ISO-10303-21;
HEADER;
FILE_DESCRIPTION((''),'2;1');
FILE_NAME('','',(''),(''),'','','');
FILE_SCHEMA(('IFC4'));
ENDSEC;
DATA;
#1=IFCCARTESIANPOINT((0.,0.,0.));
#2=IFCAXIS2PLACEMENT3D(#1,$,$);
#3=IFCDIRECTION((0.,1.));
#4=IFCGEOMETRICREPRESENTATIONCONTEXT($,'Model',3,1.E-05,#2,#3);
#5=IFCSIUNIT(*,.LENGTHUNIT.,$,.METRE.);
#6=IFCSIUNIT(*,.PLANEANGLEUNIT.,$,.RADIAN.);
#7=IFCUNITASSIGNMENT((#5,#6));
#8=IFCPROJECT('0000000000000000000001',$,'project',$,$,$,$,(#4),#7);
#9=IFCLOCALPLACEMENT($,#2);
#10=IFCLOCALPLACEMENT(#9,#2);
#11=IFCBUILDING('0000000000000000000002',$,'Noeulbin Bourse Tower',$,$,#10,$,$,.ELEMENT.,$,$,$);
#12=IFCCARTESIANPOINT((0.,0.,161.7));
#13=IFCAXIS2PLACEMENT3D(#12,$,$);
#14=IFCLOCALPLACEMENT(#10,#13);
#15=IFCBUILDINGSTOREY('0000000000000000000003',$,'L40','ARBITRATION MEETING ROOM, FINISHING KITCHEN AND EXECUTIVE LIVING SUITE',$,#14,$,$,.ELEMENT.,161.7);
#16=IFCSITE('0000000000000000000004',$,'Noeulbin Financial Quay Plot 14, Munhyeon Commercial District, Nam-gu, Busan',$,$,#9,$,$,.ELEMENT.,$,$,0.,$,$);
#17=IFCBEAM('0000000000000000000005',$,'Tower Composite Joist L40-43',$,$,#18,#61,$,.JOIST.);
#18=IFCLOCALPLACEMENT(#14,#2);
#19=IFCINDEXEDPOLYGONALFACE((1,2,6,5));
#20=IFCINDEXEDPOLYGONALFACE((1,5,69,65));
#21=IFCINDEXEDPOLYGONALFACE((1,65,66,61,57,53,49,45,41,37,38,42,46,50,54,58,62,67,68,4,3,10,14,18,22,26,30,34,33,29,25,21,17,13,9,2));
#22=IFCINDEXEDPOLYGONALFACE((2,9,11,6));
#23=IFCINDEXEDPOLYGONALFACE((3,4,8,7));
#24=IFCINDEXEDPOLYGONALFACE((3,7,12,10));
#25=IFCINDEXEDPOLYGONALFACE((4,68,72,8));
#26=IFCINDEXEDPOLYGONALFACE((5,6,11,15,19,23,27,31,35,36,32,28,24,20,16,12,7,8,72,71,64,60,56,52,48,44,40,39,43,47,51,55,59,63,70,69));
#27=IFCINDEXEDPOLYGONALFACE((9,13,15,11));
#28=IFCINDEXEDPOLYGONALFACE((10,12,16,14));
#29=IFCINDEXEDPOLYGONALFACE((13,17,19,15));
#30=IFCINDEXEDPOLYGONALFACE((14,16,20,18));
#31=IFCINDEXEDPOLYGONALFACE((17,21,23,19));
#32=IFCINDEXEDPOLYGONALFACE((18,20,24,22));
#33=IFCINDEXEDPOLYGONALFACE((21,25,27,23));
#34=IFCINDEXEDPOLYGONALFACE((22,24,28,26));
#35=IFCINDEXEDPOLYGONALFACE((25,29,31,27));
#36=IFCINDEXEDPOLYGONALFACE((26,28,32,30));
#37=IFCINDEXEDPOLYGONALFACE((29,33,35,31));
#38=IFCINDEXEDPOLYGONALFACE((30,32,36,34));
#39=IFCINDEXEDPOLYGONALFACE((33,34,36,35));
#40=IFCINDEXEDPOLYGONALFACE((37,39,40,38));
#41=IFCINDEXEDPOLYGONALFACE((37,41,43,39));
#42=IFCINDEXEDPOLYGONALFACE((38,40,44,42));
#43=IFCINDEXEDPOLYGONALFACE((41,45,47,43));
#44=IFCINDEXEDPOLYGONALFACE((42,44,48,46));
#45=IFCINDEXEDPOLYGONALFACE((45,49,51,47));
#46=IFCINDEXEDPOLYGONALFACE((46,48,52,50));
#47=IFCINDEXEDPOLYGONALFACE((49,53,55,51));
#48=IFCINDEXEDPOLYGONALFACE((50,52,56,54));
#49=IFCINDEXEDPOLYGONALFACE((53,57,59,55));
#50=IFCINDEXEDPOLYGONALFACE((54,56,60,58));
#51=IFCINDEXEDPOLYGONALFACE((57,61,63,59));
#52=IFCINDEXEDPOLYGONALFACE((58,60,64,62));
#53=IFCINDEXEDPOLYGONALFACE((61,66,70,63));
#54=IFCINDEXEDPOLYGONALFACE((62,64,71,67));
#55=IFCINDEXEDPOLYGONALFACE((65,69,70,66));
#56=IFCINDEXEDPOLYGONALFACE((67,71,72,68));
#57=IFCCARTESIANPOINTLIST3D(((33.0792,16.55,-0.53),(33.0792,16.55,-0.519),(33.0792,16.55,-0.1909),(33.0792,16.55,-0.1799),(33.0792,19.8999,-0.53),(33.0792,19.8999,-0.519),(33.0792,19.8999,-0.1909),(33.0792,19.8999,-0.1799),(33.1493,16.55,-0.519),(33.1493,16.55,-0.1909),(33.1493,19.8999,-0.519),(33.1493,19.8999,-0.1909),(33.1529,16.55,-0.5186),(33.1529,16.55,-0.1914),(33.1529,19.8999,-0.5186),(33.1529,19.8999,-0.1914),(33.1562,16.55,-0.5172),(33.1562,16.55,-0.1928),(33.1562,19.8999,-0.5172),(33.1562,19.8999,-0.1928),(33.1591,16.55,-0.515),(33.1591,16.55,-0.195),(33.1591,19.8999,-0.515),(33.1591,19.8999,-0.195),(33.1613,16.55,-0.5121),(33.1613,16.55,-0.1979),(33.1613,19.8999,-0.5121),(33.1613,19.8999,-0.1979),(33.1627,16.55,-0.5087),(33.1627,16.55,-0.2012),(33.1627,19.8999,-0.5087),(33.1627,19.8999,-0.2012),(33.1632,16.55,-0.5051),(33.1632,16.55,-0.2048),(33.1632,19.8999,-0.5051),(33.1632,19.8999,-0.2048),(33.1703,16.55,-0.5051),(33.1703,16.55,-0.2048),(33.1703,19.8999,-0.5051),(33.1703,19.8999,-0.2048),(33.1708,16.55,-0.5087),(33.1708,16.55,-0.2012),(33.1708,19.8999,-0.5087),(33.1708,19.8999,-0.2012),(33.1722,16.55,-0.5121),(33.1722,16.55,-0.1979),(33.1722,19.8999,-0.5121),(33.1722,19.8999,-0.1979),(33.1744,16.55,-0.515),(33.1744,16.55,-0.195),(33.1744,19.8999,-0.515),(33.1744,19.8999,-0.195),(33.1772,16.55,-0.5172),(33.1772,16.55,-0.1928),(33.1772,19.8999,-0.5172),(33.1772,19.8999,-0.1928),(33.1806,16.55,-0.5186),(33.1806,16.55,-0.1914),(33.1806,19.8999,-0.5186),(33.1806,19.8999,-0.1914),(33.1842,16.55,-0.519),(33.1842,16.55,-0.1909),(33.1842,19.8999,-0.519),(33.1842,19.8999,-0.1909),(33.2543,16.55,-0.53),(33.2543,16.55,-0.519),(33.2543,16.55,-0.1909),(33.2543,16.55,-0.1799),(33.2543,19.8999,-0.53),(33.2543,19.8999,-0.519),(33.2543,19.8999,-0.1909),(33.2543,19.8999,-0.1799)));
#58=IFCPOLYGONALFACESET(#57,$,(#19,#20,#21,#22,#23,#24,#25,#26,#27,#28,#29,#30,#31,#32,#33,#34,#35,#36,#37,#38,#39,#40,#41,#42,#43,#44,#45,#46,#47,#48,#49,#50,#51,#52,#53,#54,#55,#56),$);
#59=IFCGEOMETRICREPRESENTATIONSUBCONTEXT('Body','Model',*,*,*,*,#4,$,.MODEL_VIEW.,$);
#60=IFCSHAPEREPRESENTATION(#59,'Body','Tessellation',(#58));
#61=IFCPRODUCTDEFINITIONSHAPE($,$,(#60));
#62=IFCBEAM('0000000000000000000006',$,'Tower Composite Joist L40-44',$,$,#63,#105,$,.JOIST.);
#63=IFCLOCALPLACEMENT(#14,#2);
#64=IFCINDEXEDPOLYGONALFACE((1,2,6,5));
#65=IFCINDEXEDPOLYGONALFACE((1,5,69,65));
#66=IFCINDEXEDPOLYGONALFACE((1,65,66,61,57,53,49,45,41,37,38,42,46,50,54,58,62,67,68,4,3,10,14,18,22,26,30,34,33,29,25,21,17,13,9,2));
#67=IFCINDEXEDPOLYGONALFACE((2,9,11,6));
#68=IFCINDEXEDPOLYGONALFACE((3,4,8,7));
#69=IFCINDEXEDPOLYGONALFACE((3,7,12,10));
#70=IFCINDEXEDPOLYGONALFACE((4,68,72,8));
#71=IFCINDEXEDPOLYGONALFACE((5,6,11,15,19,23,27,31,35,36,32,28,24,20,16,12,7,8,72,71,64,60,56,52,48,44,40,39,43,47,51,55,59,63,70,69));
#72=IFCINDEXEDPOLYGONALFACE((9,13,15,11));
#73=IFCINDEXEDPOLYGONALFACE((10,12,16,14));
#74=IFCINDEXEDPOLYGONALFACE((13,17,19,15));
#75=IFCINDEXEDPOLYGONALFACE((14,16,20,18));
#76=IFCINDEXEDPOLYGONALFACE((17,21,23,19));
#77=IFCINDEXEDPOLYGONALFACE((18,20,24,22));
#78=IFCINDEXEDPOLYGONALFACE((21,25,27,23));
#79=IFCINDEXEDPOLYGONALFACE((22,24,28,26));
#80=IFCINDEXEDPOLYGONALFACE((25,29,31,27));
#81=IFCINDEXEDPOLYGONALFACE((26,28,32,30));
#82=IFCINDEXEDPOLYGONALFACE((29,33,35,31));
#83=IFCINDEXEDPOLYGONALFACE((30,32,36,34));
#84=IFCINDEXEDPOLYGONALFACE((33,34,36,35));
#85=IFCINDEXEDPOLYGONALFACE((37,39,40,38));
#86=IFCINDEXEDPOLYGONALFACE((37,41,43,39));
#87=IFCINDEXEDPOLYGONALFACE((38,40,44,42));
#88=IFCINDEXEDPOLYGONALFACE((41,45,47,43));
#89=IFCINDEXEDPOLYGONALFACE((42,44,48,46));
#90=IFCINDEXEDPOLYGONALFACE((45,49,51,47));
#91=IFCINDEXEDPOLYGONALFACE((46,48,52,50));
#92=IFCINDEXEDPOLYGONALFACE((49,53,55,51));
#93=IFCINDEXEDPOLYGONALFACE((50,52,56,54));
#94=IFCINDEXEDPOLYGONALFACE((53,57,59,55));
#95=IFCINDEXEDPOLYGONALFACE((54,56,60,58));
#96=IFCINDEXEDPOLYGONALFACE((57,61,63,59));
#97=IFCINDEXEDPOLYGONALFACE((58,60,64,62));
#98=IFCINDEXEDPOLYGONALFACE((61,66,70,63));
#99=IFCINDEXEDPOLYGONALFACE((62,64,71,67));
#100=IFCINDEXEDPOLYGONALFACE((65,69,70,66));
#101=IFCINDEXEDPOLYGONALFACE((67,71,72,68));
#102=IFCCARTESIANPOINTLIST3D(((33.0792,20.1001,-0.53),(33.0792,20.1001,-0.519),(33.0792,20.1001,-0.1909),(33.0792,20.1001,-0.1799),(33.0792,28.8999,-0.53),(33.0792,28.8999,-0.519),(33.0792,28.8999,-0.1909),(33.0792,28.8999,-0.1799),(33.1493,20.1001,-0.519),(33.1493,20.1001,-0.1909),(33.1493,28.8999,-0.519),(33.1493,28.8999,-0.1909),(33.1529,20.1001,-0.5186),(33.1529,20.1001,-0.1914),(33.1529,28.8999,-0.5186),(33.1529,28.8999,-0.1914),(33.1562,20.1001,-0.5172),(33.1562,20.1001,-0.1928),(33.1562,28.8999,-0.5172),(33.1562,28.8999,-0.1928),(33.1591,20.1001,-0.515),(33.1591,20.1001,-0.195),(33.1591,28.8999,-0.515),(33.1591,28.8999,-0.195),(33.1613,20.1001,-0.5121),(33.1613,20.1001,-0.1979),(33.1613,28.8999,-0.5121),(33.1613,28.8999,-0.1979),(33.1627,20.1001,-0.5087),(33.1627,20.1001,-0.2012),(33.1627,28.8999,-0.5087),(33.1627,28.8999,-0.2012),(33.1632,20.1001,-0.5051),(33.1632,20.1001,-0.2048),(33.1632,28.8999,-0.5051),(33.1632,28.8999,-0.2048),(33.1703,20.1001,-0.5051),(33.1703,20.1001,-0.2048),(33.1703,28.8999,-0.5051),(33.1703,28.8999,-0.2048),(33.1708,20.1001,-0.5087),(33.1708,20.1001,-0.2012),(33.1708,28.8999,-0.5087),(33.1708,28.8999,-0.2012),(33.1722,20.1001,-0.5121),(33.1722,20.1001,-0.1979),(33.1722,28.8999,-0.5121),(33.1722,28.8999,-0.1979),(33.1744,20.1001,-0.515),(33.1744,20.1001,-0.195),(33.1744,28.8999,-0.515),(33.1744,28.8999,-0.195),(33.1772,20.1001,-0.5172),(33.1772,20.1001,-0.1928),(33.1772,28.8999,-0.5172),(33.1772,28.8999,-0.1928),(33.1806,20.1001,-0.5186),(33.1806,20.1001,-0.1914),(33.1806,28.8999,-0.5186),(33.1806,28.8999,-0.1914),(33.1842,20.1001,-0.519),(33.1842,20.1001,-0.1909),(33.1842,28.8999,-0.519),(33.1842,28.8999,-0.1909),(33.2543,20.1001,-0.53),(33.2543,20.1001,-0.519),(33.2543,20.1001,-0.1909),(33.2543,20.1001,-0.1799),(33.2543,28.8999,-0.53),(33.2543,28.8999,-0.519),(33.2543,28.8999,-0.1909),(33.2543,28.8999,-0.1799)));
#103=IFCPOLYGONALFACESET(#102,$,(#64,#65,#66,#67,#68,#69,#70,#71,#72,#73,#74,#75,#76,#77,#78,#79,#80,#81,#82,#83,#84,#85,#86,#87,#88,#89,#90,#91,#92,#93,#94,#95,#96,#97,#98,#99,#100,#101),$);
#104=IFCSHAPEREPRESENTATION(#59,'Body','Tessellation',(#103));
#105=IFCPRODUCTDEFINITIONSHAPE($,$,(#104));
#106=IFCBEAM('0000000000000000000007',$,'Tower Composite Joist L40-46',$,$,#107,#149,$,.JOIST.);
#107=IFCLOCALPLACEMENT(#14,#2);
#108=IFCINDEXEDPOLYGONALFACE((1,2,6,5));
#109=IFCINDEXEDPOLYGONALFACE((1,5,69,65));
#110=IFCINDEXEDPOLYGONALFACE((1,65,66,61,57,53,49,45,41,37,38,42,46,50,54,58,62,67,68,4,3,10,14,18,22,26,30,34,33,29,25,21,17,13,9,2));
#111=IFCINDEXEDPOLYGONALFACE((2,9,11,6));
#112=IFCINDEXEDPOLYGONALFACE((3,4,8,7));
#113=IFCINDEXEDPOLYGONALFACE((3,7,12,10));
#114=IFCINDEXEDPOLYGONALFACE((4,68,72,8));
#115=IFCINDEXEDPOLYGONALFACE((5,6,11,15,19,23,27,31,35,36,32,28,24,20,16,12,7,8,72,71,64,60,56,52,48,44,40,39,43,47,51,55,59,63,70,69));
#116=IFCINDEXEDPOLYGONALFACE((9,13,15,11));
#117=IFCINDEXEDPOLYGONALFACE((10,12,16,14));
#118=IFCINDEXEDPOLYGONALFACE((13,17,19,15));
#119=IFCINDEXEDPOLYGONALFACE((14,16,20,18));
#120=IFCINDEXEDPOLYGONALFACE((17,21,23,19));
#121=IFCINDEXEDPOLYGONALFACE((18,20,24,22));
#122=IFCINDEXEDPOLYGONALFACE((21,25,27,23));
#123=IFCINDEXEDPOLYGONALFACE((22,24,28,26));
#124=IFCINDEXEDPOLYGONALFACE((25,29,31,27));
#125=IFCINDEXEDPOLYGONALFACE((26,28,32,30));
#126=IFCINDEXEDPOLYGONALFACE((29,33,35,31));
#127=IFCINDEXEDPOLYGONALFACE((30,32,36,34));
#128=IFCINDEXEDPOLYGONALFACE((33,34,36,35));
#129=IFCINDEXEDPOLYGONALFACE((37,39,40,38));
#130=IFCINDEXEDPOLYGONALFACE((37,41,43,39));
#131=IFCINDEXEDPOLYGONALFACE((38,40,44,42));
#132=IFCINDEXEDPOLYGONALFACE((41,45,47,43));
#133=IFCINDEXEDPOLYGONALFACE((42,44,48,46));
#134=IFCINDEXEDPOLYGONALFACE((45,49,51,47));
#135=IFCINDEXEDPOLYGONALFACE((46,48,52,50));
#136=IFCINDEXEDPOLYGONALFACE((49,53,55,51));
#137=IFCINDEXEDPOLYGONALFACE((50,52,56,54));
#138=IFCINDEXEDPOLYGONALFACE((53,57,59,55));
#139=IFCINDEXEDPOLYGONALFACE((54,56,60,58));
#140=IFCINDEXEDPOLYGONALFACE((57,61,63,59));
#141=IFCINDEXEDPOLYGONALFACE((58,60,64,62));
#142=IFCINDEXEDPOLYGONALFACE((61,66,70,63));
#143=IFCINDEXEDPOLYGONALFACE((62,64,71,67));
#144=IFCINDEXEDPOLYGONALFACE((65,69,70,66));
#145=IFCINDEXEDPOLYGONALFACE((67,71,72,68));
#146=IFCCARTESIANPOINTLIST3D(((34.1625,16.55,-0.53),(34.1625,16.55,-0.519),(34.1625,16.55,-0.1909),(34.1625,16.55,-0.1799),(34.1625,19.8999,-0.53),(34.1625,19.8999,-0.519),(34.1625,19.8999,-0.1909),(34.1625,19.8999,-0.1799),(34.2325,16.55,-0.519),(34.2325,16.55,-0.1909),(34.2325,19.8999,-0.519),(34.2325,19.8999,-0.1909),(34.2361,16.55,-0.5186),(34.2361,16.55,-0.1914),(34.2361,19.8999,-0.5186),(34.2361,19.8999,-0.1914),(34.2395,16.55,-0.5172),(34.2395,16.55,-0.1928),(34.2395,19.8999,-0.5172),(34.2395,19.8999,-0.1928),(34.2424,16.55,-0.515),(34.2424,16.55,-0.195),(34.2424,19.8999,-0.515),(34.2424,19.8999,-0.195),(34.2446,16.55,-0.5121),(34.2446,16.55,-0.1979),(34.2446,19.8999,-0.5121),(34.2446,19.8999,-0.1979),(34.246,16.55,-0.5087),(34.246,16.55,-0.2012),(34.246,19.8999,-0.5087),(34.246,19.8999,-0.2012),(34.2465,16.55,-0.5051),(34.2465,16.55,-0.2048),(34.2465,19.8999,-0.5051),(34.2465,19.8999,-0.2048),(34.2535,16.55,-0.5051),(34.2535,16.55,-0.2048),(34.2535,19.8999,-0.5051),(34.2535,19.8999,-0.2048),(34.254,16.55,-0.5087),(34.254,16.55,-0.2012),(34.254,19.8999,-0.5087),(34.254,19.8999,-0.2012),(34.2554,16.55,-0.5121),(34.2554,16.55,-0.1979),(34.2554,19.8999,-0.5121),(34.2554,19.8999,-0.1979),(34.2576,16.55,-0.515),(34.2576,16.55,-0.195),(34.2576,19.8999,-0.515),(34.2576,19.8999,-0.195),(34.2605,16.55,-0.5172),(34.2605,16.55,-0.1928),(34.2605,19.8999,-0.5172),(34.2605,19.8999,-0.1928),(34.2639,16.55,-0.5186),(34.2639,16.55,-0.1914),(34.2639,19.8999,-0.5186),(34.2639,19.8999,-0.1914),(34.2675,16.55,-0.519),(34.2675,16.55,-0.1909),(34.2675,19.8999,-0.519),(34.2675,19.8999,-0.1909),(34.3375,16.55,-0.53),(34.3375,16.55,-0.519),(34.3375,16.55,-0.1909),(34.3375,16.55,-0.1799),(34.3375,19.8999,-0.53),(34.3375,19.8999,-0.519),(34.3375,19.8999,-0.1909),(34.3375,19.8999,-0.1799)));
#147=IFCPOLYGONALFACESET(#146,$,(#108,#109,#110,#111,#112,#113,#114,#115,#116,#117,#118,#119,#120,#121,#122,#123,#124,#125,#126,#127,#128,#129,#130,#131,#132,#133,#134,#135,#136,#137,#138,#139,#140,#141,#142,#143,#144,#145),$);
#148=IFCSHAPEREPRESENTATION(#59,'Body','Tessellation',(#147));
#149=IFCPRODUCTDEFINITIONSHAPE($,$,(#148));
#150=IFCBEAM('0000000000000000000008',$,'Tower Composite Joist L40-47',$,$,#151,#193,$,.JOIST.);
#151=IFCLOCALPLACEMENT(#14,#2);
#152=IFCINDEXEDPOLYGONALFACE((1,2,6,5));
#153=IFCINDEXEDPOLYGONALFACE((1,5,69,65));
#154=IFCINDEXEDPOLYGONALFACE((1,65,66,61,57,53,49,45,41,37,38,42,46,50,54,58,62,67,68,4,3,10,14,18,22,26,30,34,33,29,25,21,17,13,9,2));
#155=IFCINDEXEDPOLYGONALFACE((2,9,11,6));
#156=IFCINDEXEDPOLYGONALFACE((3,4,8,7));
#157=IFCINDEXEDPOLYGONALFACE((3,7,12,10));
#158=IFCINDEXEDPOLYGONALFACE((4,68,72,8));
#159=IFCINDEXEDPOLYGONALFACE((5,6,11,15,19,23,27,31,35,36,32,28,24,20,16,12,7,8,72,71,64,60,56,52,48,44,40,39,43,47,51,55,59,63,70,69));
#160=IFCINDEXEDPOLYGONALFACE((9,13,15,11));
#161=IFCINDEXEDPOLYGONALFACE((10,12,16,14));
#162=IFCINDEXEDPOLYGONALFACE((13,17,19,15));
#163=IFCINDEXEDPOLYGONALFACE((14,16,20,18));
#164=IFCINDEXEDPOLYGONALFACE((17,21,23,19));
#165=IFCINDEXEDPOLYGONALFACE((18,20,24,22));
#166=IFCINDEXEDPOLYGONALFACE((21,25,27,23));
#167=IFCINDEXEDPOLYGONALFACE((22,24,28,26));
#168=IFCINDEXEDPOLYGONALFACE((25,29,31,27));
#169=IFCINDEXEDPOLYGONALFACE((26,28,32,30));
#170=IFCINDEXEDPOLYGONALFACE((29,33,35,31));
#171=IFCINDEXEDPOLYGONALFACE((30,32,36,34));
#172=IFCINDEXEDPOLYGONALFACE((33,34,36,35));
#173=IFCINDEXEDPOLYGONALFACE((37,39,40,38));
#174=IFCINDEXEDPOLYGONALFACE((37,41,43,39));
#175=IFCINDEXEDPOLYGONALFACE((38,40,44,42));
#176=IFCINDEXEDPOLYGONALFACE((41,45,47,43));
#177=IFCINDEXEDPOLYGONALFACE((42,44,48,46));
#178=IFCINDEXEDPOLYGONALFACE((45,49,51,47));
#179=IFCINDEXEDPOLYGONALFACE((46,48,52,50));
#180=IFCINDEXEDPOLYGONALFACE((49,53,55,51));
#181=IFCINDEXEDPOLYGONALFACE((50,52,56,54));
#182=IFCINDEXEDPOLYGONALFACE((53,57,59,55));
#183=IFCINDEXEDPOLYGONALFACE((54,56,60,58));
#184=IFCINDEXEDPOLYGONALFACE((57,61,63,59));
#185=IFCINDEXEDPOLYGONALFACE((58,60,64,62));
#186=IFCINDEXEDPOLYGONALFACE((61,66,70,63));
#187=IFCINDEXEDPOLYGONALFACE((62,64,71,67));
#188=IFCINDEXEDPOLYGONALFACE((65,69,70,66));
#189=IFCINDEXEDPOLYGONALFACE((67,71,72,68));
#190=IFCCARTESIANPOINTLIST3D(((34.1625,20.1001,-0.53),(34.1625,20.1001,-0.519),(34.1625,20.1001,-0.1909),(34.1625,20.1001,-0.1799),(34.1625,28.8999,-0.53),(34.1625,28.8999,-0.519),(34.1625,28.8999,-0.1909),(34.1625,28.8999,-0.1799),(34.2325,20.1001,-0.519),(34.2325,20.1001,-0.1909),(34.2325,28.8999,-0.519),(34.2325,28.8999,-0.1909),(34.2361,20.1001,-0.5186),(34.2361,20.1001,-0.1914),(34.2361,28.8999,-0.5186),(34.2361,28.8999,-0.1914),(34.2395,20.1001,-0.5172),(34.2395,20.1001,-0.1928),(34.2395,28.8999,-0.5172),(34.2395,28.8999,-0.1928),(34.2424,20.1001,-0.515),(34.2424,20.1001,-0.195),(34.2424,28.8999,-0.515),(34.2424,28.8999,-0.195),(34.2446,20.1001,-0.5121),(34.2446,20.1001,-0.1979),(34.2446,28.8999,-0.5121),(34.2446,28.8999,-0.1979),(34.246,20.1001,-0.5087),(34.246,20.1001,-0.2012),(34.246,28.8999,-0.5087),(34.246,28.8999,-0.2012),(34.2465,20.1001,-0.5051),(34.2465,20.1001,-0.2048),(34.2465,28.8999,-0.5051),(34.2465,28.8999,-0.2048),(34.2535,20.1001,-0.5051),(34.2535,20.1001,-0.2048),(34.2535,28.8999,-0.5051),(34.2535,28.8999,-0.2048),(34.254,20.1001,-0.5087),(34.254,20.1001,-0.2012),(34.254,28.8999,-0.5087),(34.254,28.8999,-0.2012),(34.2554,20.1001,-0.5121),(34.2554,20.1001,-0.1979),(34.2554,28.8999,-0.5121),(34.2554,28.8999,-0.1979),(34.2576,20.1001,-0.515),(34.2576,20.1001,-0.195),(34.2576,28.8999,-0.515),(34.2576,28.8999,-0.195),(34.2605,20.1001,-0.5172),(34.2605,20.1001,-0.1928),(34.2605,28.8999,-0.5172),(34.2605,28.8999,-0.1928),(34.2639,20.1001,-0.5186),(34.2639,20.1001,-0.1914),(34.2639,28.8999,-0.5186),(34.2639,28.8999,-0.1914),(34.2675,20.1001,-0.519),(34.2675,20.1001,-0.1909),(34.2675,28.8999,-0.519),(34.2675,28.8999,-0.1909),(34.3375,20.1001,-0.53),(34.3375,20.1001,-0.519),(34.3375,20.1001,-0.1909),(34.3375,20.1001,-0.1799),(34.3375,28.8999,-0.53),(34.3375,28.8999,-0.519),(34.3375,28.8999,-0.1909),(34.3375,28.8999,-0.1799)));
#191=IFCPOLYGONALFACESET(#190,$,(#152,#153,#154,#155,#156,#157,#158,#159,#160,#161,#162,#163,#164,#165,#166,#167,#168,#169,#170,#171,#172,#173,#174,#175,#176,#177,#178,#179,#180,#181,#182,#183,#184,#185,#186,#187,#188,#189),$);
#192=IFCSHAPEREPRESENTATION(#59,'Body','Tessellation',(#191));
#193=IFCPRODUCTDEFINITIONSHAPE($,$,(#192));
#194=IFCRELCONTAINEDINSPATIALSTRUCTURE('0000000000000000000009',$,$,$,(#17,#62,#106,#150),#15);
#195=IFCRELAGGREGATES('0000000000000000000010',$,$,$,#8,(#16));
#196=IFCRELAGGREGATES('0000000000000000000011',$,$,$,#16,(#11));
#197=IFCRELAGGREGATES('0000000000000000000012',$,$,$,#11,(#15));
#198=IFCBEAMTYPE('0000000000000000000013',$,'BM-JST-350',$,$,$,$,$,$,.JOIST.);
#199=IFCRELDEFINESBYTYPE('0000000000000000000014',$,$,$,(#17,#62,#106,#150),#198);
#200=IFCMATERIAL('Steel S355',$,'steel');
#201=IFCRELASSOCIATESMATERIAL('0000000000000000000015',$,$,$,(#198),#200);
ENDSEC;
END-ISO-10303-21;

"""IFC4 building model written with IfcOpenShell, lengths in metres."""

from ifc_helpers import new_model, si_unit, direction, frame, origin, origin_2d, place, context, subcontext, project, spatial, i_section, extrude, material, material_profile, profile_set, type_object, element, save


model = new_model("IFC4")

# Units and contexts
model_context = context("Model", 3, precision=1e-05, world=origin(), true_north=direction((0.0, 1.0)))
body_context = subcontext(model_context, "Body", "Model", "MODEL_VIEW")
ifc_project = project(units=[si_unit("LENGTHUNIT", "METRE"), si_unit("PLANEANGLEUNIT", "RADIAN")], contexts=[model_context])

# Site, building, storey
site_placement = place(None, origin())
site = spatial("IfcSite", under=ifc_project, at=site_placement, Name="Noeulbin Financial Quay Plot 14, Munhyeon Commercial District, Nam-gu, Busan", CompositionType="ELEMENT", RefElevation=0.0)
building_placement = place(site_placement, origin())
building = spatial("IfcBuilding", under=site, at=building_placement, Name="Noeulbin Bourse Tower", CompositionType="ELEMENT")
storey_placement = place(building_placement, frame((0.0, 0.0, 161.7)))
storey = spatial("IfcBuildingStorey", under=building, at=storey_placement, Name="L40", Description="ARBITRATION MEETING ROOM, FINISHING KITCHEN AND EXECUTIVE LIVING SUITE", CompositionType="ELEMENT", Elevation=161.7)

# Beams
ifc_material_1 = material(Name="Steel S355", Category="steel")
ifc_material_profile_1 = material_profile(ifc_material_1, i_section(OverallWidth=0.175, OverallDepth=0.3501, WebThickness=0.0071, FlangeThickness=0.011, FilletRadius=0.0139, at=origin_2d()), Name="H-350x175x7x11", Category="LoadBearing")
ifc_profile_set_1 = profile_set([ifc_material_profile_1], Name="Steel S355")
beam_type_1 = type_object("IfcBeamType", Name="BM-JST-350", PredefinedType="JOIST", material=ifc_profile_set_1)
beam_1_placement = place(storey_placement, frame((33.1667, 16.55, -0.355), z_axis=(0.0, 1.0, 0.0), x_axis=(-1.0, 0.0, 0.0)))
element("IfcBeam", 1, at=beam_1_placement, inside=storey, type_object=beam_type_1, Name="Tower Composite Joist L40-43", PredefinedType="JOIST", context=body_context, shape_type="SweptSolid", body=[
    extrude(i_section(OverallWidth=0.175, OverallDepth=0.3501, WebThickness=0.0071, FlangeThickness=0.011, FilletRadius=0.0139, at=origin_2d()), origin(), (0.0, 0.0, 1.0), 3.3499),
])
beam_2_placement = place(storey_placement, frame((33.1667, 20.1001, -0.355), z_axis=(0.0, 1.0, 0.0), x_axis=(-1.0, 0.0, 0.0)))
element("IfcBeam", 2, at=beam_2_placement, inside=storey, type_object=beam_type_1, Name="Tower Composite Joist L40-44", PredefinedType="JOIST", context=body_context, shape_type="SweptSolid", body=[
    extrude(i_section(OverallWidth=0.175, OverallDepth=0.3501, WebThickness=0.0071, FlangeThickness=0.011, FilletRadius=0.0139, at=origin_2d()), origin(), (0.0, 0.0, 1.0), 8.7998),
])
beam_3_placement = place(storey_placement, frame((34.25, 16.55, -0.355), z_axis=(0.0, 1.0, 0.0), x_axis=(-1.0, 0.0, 0.0)))
element("IfcBeam", 3, at=beam_3_placement, inside=storey, type_object=beam_type_1, Name="Tower Composite Joist L40-46", PredefinedType="JOIST", context=body_context, shape_type="SweptSolid", body=[
    extrude(i_section(OverallWidth=0.175, OverallDepth=0.3501, WebThickness=0.0071, FlangeThickness=0.011, FilletRadius=0.0139, at=origin_2d()), origin(), (0.0, 0.0, 1.0), 3.3499),
])
beam_4_placement = place(storey_placement, frame((34.25, 20.1001, -0.355), z_axis=(0.0, 1.0, 0.0), x_axis=(-1.0, 0.0, 0.0)))
element("IfcBeam", 4, at=beam_4_placement, inside=storey, type_object=beam_type_1, Name="Tower Composite Joist L40-47", PredefinedType="JOIST", context=body_context, shape_type="SweptSolid", body=[
    extrude(i_section(OverallWidth=0.175, OverallDepth=0.3501, WebThickness=0.0071, FlangeThickness=0.011, FilletRadius=0.0139, at=origin_2d()), origin(), (0.0, 0.0, 1.0), 8.7998),
])

save(model, "model.ifc")
